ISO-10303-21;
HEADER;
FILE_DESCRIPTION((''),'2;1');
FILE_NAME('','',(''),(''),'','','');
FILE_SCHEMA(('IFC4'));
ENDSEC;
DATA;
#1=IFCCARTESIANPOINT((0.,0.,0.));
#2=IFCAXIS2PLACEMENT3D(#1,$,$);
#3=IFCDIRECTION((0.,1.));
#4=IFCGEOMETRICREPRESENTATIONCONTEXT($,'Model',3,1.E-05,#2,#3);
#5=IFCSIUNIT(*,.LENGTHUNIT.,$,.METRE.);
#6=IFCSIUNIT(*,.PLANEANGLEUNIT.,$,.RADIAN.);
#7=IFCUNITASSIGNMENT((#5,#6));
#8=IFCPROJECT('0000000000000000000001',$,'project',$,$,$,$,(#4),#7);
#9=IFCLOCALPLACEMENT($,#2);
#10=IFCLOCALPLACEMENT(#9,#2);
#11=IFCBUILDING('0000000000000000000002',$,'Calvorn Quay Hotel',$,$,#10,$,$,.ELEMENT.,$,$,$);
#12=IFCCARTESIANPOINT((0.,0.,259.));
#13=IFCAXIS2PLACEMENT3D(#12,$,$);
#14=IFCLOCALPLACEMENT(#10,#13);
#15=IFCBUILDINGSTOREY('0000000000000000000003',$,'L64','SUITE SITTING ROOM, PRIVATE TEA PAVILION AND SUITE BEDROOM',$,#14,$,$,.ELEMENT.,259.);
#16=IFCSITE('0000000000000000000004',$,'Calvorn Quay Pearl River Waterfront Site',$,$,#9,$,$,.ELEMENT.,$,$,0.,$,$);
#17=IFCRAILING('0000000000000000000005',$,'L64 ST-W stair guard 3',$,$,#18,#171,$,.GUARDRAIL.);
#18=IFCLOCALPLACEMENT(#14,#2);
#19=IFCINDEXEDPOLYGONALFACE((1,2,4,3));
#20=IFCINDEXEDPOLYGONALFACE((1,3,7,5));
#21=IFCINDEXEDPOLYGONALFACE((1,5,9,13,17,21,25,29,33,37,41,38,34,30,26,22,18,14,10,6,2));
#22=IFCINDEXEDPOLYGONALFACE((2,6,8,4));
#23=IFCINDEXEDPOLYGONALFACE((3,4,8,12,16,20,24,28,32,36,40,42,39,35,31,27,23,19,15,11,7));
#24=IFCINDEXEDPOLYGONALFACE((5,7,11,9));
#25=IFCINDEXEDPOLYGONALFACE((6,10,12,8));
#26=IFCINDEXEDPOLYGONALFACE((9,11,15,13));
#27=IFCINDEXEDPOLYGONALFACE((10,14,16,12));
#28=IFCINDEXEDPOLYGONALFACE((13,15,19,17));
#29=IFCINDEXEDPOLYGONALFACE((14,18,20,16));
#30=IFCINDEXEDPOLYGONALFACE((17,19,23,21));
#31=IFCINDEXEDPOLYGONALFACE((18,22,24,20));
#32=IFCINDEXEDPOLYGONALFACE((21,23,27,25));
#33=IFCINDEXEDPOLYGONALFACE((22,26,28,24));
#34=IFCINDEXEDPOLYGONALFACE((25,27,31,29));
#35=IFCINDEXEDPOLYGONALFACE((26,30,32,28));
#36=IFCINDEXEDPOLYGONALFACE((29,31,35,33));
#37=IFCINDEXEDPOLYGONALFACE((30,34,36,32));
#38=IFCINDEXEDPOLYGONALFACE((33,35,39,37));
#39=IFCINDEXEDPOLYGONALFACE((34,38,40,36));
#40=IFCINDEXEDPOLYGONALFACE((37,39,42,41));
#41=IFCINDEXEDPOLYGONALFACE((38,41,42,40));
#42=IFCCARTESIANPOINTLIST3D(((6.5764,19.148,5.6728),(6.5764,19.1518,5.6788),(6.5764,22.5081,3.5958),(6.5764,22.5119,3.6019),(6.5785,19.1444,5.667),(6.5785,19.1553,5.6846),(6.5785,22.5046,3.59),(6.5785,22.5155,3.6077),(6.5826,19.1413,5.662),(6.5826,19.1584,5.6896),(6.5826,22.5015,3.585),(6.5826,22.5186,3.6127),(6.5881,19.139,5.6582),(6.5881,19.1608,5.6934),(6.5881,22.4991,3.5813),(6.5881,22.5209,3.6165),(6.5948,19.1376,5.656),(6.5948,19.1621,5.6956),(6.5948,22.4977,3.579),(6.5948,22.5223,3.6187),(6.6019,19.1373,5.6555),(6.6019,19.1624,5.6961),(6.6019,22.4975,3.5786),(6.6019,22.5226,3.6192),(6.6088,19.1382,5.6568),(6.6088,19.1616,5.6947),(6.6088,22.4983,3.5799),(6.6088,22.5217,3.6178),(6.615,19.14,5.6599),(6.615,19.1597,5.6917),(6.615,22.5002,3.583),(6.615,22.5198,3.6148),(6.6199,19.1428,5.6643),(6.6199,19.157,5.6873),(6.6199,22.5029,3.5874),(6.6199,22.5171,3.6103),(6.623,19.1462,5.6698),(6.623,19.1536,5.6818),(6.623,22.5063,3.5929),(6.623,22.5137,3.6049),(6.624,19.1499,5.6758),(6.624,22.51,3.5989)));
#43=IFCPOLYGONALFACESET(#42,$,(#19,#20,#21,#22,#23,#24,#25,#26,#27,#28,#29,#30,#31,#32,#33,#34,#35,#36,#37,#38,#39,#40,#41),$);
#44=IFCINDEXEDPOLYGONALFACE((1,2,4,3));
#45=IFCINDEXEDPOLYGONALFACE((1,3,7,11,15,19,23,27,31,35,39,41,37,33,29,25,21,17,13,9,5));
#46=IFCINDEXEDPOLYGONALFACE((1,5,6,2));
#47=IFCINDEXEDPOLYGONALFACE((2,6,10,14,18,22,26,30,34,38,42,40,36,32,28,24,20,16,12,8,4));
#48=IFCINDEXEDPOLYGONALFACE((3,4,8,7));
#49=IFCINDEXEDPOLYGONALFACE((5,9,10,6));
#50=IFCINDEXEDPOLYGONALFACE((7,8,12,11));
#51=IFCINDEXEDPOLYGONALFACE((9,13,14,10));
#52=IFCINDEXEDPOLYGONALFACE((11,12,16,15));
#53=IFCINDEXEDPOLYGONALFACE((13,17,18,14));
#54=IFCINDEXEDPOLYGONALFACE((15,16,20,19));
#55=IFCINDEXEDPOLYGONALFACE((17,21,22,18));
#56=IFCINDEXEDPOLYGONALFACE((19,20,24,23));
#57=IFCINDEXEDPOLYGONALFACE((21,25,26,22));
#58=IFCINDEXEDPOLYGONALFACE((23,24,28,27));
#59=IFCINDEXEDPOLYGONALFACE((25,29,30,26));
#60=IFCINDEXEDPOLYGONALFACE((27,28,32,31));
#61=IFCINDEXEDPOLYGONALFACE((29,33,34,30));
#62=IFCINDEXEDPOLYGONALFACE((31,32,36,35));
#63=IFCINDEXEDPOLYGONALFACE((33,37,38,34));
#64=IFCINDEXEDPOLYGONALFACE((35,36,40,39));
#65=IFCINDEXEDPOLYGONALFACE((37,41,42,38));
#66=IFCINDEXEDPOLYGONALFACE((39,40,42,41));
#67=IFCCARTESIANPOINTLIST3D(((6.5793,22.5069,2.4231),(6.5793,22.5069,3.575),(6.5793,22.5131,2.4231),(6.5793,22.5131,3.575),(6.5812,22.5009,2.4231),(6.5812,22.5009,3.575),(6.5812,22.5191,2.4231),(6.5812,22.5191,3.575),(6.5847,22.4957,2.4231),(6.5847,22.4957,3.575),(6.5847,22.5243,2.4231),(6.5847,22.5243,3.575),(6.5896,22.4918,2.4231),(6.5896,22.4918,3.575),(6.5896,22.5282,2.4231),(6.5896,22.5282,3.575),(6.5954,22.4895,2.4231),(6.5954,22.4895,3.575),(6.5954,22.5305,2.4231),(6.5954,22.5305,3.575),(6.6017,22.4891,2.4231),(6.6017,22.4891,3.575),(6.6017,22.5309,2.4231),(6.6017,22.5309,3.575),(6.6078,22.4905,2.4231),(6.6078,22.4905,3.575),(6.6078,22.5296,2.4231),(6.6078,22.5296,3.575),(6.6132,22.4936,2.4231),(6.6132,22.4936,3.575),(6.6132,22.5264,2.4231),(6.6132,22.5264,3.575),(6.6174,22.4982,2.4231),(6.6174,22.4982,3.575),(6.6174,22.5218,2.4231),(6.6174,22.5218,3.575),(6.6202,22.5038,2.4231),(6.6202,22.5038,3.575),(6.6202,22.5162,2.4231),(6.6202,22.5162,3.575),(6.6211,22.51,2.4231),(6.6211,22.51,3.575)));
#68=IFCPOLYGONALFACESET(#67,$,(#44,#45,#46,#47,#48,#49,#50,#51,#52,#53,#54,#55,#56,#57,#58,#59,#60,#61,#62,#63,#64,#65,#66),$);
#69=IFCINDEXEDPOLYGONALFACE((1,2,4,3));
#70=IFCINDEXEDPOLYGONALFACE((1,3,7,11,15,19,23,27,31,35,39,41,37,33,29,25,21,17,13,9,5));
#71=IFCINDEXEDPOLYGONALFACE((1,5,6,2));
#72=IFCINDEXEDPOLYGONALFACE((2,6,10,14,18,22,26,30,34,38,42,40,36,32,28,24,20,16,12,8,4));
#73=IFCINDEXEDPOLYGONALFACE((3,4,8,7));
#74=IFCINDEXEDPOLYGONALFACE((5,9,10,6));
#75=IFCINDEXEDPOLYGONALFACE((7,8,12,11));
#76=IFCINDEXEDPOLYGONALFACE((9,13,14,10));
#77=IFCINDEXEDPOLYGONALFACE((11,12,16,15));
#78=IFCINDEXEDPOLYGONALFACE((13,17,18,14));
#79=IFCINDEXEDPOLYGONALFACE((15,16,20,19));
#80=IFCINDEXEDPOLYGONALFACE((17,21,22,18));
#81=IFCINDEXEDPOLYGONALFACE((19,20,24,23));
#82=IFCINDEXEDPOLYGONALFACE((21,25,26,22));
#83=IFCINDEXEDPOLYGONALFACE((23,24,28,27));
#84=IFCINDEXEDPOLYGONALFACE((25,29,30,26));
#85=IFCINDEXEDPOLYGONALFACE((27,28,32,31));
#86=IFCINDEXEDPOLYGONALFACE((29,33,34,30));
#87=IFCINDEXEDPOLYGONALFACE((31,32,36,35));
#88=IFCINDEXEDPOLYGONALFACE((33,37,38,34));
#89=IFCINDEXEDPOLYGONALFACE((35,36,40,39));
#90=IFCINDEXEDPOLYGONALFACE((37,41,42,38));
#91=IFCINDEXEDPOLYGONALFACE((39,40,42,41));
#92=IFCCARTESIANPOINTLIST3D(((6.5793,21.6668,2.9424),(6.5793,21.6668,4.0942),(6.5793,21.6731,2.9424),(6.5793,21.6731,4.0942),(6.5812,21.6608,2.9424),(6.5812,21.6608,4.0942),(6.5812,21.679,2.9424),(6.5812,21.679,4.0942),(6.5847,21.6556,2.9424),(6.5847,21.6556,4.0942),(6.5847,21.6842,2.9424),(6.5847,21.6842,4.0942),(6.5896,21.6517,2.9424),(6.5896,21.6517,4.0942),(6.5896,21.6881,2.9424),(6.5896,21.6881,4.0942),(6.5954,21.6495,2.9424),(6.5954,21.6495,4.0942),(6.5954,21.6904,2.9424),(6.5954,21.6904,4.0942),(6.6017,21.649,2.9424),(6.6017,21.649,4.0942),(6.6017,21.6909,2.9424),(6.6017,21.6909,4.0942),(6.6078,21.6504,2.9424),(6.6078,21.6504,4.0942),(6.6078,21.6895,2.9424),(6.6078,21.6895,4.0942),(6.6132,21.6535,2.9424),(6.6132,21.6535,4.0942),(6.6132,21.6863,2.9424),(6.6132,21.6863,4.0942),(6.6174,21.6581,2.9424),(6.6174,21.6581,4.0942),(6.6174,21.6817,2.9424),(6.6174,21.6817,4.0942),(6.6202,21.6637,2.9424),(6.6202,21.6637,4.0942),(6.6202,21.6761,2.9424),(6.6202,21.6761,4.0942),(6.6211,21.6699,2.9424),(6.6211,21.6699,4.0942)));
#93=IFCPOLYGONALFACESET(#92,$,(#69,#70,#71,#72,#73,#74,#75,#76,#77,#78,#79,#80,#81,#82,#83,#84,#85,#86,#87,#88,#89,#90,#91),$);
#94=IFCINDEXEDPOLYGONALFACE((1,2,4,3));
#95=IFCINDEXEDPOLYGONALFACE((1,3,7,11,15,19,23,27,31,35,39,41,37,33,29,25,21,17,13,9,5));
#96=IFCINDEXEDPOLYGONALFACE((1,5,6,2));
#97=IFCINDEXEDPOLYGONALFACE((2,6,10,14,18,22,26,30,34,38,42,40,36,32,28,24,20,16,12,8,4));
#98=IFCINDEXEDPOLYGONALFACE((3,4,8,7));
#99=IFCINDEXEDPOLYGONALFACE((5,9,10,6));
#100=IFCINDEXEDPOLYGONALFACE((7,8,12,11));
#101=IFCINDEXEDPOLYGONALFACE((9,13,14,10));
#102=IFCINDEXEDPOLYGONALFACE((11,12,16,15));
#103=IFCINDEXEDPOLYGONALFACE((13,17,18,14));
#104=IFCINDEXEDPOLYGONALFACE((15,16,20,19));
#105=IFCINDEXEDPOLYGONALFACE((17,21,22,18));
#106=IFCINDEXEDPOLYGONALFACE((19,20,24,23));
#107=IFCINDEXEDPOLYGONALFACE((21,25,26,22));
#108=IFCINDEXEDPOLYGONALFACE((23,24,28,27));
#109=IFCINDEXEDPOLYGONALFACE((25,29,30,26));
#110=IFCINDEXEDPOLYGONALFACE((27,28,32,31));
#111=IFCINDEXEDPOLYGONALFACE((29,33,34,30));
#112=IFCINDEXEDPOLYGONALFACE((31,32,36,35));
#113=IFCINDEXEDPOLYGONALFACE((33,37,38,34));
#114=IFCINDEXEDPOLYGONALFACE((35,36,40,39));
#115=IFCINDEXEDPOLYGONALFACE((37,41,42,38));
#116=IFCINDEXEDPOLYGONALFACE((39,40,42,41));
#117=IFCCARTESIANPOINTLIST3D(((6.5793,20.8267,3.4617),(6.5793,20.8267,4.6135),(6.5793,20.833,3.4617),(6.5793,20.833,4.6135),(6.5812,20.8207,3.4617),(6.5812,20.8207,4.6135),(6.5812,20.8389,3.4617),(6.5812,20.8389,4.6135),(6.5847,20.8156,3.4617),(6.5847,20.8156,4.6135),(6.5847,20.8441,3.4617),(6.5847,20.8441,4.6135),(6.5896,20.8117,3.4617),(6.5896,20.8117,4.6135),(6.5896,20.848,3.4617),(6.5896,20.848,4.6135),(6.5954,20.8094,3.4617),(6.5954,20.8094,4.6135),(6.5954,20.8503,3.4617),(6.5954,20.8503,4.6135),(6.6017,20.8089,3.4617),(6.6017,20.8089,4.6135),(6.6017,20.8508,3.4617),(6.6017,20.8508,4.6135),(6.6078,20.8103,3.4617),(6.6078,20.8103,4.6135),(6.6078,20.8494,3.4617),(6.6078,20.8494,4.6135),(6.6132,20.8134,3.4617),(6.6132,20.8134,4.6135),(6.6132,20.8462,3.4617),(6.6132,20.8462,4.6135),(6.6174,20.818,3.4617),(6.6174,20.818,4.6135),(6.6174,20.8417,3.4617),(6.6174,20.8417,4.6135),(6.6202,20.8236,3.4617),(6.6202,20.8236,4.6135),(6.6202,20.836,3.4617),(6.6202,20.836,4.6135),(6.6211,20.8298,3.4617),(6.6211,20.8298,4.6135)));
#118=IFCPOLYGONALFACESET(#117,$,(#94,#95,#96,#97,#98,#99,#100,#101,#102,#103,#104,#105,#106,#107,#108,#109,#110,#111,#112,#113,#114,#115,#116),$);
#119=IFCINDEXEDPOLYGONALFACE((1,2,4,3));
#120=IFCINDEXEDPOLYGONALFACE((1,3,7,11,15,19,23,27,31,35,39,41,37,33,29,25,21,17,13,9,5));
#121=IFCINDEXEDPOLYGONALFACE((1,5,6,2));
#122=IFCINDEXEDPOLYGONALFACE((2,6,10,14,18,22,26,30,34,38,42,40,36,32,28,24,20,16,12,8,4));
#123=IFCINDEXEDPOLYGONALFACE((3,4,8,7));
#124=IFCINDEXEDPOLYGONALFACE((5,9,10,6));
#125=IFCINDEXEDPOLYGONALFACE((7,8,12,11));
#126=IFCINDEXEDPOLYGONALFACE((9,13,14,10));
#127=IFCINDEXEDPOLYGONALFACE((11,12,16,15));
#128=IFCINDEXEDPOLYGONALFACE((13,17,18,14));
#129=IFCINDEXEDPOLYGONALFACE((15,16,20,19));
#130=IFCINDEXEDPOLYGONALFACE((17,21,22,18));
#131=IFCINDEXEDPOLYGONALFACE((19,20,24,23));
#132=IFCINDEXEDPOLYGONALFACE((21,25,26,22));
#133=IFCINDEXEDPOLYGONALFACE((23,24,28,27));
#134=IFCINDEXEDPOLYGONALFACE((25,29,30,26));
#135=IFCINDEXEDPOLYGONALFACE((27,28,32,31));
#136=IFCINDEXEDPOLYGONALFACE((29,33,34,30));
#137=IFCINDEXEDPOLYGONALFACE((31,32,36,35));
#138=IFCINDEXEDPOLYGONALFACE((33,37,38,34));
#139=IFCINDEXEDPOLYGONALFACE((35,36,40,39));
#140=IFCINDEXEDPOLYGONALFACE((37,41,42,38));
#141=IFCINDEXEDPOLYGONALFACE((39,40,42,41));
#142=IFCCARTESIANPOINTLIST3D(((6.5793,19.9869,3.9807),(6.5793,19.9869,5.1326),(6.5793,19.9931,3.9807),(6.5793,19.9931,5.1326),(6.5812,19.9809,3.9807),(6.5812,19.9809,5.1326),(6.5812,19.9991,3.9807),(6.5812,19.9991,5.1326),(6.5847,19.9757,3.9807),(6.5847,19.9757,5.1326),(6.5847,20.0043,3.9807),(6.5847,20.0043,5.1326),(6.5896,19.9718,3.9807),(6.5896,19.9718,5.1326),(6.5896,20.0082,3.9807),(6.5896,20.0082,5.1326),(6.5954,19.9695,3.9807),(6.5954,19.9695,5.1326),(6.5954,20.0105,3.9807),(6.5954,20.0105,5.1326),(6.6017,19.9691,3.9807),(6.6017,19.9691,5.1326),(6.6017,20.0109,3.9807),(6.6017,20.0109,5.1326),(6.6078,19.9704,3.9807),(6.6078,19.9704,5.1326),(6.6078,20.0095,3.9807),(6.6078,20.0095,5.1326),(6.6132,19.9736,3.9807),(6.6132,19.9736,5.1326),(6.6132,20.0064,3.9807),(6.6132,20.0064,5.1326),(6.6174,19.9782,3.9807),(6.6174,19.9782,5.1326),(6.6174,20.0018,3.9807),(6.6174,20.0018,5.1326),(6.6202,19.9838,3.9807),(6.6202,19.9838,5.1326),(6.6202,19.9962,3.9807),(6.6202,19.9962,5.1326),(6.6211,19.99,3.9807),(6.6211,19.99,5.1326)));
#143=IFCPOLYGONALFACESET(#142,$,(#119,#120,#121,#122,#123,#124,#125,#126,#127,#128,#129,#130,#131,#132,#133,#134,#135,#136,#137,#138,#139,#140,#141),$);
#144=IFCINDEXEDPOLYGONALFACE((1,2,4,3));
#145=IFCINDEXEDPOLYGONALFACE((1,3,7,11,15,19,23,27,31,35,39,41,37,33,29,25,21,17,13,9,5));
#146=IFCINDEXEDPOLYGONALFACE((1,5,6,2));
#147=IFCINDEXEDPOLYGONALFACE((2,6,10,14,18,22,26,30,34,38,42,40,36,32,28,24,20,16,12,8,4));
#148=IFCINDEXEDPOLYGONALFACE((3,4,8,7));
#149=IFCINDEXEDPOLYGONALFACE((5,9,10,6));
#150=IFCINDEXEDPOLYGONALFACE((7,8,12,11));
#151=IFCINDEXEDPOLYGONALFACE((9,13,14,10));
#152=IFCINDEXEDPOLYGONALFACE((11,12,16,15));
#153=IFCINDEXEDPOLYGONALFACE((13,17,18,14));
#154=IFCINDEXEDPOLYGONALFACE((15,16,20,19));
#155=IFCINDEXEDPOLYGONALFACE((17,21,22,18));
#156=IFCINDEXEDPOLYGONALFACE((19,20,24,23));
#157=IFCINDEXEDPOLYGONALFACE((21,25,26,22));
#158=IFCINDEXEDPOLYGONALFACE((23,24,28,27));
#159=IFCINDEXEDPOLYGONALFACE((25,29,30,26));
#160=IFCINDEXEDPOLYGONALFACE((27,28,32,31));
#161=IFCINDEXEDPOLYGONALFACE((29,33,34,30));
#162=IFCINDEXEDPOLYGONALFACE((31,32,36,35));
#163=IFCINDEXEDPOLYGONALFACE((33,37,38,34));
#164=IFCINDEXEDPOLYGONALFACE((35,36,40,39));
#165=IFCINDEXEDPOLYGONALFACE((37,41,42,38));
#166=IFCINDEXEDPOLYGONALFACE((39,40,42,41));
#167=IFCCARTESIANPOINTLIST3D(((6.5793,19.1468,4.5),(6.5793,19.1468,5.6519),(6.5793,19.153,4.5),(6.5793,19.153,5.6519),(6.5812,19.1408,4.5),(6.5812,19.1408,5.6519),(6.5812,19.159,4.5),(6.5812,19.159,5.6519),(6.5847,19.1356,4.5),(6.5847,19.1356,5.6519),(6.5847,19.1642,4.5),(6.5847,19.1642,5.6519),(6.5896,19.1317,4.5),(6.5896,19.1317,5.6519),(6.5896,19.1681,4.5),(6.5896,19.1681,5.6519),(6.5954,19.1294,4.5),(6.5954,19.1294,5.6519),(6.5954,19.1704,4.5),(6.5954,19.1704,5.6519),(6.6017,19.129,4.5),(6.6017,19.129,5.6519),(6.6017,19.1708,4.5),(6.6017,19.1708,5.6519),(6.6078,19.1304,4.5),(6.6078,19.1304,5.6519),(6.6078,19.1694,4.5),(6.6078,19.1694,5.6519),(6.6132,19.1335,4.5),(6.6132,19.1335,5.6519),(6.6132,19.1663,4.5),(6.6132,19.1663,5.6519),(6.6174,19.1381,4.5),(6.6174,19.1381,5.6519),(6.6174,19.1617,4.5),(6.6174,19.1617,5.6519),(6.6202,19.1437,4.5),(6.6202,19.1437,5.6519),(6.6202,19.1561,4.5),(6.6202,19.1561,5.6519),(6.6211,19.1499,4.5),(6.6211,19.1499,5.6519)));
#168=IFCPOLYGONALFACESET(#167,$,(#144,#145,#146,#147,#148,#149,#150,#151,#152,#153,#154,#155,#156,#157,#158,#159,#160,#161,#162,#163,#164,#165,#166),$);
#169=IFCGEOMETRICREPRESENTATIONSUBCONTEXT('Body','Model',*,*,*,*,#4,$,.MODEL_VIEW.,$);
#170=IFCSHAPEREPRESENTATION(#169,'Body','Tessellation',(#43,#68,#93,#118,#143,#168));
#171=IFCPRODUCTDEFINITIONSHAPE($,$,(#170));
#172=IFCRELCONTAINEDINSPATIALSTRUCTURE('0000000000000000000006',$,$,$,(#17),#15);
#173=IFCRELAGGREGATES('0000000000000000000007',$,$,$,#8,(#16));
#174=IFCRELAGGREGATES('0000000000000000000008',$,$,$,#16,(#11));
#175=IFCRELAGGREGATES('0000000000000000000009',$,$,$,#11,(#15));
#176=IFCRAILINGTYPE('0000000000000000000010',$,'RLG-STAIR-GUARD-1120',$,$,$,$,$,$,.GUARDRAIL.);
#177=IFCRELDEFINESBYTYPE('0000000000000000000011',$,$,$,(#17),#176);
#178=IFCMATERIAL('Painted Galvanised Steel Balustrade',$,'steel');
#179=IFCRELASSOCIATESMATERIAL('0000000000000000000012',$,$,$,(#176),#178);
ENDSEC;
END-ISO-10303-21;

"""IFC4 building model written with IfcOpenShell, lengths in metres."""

from ifc_helpers import new_model, si_unit, direction, frame, origin, origin_2d, place, context, subcontext, project, spatial, circle, extrude, material, type_object, element, save


model = new_model("IFC4")

# Units and contexts
model_context = context("Model", 3, precision=1e-05, world=origin(), true_north=direction((0.0, 1.0)))
body_context = subcontext(model_context, "Body", "Model", "MODEL_VIEW")
ifc_project = project(units=[si_unit("LENGTHUNIT", "METRE"), si_unit("PLANEANGLEUNIT", "RADIAN")], contexts=[model_context])

# Site, building, storey
site_placement = place(None, origin())
site = spatial("IfcSite", under=ifc_project, at=site_placement, Name="Calvorn Quay Pearl River Waterfront Site", CompositionType="ELEMENT", RefElevation=0.0)
building_placement = place(site_placement, origin())
building = spatial("IfcBuilding", under=site, at=building_placement, Name="Calvorn Quay Hotel", CompositionType="ELEMENT")
storey_placement = place(building_placement, frame((0.0, 0.0, 259.0)))
storey = spatial("IfcBuildingStorey", under=building, at=storey_placement, Name="L64", Description="SUITE SITTING ROOM, PRIVATE TEA PAVILION AND SUITE BEDROOM", CompositionType="ELEMENT", Elevation=259.0)

# Railing
ifc_material_1 = material(Name="Painted Galvanised Steel Balustrade", Category="steel")
railing_type_1 = type_object("IfcRailingType", Name="RLG-STAIR-GUARD-1120", PredefinedType="GUARDRAIL", material=ifc_material_1)
railing_1_placement = place(storey_placement, frame((6.6001, 22.51, 2.4231)))
element("IfcRailing", 1, at=railing_1_placement, inside=storey, type_object=railing_type_1, Name="L64 ST-W stair guard 3", PredefinedType="GUARDRAIL", context=body_context, shape_type="SweptSolid", body=[
    extrude(circle(Radius=0.0239, at=origin_2d()), frame((0.0, 0.0, 1.1758), z_axis=(0.0, -0.850623, 0.525776), x_axis=(1.0, 0.0, 0.0)), (0.0, 0.0, 1.0), 3.9502),
    extrude(circle(Radius=0.021, at=origin_2d()), origin(), (0.0, 0.0, 1.0), 1.1519),
    extrude(circle(Radius=0.021, at=origin_2d()), frame((0.0, -0.8401, 0.5193)), (0.0, 0.0, 1.0), 1.1519),
    extrude(circle(Radius=0.021, at=origin_2d()), frame((0.0, -1.6802, 1.0386)), (0.0, 0.0, 1.0), 1.1519),
    extrude(circle(Radius=0.021, at=origin_2d()), frame((0.0, -2.52, 1.5576)), (0.0, 0.0, 1.0), 1.1519),
    extrude(circle(Radius=0.021, at=origin_2d()), frame((0.0, -3.3601, 2.0769)), (0.0, 0.0, 1.0), 1.1519),
])

save(model, "model.ifc")
